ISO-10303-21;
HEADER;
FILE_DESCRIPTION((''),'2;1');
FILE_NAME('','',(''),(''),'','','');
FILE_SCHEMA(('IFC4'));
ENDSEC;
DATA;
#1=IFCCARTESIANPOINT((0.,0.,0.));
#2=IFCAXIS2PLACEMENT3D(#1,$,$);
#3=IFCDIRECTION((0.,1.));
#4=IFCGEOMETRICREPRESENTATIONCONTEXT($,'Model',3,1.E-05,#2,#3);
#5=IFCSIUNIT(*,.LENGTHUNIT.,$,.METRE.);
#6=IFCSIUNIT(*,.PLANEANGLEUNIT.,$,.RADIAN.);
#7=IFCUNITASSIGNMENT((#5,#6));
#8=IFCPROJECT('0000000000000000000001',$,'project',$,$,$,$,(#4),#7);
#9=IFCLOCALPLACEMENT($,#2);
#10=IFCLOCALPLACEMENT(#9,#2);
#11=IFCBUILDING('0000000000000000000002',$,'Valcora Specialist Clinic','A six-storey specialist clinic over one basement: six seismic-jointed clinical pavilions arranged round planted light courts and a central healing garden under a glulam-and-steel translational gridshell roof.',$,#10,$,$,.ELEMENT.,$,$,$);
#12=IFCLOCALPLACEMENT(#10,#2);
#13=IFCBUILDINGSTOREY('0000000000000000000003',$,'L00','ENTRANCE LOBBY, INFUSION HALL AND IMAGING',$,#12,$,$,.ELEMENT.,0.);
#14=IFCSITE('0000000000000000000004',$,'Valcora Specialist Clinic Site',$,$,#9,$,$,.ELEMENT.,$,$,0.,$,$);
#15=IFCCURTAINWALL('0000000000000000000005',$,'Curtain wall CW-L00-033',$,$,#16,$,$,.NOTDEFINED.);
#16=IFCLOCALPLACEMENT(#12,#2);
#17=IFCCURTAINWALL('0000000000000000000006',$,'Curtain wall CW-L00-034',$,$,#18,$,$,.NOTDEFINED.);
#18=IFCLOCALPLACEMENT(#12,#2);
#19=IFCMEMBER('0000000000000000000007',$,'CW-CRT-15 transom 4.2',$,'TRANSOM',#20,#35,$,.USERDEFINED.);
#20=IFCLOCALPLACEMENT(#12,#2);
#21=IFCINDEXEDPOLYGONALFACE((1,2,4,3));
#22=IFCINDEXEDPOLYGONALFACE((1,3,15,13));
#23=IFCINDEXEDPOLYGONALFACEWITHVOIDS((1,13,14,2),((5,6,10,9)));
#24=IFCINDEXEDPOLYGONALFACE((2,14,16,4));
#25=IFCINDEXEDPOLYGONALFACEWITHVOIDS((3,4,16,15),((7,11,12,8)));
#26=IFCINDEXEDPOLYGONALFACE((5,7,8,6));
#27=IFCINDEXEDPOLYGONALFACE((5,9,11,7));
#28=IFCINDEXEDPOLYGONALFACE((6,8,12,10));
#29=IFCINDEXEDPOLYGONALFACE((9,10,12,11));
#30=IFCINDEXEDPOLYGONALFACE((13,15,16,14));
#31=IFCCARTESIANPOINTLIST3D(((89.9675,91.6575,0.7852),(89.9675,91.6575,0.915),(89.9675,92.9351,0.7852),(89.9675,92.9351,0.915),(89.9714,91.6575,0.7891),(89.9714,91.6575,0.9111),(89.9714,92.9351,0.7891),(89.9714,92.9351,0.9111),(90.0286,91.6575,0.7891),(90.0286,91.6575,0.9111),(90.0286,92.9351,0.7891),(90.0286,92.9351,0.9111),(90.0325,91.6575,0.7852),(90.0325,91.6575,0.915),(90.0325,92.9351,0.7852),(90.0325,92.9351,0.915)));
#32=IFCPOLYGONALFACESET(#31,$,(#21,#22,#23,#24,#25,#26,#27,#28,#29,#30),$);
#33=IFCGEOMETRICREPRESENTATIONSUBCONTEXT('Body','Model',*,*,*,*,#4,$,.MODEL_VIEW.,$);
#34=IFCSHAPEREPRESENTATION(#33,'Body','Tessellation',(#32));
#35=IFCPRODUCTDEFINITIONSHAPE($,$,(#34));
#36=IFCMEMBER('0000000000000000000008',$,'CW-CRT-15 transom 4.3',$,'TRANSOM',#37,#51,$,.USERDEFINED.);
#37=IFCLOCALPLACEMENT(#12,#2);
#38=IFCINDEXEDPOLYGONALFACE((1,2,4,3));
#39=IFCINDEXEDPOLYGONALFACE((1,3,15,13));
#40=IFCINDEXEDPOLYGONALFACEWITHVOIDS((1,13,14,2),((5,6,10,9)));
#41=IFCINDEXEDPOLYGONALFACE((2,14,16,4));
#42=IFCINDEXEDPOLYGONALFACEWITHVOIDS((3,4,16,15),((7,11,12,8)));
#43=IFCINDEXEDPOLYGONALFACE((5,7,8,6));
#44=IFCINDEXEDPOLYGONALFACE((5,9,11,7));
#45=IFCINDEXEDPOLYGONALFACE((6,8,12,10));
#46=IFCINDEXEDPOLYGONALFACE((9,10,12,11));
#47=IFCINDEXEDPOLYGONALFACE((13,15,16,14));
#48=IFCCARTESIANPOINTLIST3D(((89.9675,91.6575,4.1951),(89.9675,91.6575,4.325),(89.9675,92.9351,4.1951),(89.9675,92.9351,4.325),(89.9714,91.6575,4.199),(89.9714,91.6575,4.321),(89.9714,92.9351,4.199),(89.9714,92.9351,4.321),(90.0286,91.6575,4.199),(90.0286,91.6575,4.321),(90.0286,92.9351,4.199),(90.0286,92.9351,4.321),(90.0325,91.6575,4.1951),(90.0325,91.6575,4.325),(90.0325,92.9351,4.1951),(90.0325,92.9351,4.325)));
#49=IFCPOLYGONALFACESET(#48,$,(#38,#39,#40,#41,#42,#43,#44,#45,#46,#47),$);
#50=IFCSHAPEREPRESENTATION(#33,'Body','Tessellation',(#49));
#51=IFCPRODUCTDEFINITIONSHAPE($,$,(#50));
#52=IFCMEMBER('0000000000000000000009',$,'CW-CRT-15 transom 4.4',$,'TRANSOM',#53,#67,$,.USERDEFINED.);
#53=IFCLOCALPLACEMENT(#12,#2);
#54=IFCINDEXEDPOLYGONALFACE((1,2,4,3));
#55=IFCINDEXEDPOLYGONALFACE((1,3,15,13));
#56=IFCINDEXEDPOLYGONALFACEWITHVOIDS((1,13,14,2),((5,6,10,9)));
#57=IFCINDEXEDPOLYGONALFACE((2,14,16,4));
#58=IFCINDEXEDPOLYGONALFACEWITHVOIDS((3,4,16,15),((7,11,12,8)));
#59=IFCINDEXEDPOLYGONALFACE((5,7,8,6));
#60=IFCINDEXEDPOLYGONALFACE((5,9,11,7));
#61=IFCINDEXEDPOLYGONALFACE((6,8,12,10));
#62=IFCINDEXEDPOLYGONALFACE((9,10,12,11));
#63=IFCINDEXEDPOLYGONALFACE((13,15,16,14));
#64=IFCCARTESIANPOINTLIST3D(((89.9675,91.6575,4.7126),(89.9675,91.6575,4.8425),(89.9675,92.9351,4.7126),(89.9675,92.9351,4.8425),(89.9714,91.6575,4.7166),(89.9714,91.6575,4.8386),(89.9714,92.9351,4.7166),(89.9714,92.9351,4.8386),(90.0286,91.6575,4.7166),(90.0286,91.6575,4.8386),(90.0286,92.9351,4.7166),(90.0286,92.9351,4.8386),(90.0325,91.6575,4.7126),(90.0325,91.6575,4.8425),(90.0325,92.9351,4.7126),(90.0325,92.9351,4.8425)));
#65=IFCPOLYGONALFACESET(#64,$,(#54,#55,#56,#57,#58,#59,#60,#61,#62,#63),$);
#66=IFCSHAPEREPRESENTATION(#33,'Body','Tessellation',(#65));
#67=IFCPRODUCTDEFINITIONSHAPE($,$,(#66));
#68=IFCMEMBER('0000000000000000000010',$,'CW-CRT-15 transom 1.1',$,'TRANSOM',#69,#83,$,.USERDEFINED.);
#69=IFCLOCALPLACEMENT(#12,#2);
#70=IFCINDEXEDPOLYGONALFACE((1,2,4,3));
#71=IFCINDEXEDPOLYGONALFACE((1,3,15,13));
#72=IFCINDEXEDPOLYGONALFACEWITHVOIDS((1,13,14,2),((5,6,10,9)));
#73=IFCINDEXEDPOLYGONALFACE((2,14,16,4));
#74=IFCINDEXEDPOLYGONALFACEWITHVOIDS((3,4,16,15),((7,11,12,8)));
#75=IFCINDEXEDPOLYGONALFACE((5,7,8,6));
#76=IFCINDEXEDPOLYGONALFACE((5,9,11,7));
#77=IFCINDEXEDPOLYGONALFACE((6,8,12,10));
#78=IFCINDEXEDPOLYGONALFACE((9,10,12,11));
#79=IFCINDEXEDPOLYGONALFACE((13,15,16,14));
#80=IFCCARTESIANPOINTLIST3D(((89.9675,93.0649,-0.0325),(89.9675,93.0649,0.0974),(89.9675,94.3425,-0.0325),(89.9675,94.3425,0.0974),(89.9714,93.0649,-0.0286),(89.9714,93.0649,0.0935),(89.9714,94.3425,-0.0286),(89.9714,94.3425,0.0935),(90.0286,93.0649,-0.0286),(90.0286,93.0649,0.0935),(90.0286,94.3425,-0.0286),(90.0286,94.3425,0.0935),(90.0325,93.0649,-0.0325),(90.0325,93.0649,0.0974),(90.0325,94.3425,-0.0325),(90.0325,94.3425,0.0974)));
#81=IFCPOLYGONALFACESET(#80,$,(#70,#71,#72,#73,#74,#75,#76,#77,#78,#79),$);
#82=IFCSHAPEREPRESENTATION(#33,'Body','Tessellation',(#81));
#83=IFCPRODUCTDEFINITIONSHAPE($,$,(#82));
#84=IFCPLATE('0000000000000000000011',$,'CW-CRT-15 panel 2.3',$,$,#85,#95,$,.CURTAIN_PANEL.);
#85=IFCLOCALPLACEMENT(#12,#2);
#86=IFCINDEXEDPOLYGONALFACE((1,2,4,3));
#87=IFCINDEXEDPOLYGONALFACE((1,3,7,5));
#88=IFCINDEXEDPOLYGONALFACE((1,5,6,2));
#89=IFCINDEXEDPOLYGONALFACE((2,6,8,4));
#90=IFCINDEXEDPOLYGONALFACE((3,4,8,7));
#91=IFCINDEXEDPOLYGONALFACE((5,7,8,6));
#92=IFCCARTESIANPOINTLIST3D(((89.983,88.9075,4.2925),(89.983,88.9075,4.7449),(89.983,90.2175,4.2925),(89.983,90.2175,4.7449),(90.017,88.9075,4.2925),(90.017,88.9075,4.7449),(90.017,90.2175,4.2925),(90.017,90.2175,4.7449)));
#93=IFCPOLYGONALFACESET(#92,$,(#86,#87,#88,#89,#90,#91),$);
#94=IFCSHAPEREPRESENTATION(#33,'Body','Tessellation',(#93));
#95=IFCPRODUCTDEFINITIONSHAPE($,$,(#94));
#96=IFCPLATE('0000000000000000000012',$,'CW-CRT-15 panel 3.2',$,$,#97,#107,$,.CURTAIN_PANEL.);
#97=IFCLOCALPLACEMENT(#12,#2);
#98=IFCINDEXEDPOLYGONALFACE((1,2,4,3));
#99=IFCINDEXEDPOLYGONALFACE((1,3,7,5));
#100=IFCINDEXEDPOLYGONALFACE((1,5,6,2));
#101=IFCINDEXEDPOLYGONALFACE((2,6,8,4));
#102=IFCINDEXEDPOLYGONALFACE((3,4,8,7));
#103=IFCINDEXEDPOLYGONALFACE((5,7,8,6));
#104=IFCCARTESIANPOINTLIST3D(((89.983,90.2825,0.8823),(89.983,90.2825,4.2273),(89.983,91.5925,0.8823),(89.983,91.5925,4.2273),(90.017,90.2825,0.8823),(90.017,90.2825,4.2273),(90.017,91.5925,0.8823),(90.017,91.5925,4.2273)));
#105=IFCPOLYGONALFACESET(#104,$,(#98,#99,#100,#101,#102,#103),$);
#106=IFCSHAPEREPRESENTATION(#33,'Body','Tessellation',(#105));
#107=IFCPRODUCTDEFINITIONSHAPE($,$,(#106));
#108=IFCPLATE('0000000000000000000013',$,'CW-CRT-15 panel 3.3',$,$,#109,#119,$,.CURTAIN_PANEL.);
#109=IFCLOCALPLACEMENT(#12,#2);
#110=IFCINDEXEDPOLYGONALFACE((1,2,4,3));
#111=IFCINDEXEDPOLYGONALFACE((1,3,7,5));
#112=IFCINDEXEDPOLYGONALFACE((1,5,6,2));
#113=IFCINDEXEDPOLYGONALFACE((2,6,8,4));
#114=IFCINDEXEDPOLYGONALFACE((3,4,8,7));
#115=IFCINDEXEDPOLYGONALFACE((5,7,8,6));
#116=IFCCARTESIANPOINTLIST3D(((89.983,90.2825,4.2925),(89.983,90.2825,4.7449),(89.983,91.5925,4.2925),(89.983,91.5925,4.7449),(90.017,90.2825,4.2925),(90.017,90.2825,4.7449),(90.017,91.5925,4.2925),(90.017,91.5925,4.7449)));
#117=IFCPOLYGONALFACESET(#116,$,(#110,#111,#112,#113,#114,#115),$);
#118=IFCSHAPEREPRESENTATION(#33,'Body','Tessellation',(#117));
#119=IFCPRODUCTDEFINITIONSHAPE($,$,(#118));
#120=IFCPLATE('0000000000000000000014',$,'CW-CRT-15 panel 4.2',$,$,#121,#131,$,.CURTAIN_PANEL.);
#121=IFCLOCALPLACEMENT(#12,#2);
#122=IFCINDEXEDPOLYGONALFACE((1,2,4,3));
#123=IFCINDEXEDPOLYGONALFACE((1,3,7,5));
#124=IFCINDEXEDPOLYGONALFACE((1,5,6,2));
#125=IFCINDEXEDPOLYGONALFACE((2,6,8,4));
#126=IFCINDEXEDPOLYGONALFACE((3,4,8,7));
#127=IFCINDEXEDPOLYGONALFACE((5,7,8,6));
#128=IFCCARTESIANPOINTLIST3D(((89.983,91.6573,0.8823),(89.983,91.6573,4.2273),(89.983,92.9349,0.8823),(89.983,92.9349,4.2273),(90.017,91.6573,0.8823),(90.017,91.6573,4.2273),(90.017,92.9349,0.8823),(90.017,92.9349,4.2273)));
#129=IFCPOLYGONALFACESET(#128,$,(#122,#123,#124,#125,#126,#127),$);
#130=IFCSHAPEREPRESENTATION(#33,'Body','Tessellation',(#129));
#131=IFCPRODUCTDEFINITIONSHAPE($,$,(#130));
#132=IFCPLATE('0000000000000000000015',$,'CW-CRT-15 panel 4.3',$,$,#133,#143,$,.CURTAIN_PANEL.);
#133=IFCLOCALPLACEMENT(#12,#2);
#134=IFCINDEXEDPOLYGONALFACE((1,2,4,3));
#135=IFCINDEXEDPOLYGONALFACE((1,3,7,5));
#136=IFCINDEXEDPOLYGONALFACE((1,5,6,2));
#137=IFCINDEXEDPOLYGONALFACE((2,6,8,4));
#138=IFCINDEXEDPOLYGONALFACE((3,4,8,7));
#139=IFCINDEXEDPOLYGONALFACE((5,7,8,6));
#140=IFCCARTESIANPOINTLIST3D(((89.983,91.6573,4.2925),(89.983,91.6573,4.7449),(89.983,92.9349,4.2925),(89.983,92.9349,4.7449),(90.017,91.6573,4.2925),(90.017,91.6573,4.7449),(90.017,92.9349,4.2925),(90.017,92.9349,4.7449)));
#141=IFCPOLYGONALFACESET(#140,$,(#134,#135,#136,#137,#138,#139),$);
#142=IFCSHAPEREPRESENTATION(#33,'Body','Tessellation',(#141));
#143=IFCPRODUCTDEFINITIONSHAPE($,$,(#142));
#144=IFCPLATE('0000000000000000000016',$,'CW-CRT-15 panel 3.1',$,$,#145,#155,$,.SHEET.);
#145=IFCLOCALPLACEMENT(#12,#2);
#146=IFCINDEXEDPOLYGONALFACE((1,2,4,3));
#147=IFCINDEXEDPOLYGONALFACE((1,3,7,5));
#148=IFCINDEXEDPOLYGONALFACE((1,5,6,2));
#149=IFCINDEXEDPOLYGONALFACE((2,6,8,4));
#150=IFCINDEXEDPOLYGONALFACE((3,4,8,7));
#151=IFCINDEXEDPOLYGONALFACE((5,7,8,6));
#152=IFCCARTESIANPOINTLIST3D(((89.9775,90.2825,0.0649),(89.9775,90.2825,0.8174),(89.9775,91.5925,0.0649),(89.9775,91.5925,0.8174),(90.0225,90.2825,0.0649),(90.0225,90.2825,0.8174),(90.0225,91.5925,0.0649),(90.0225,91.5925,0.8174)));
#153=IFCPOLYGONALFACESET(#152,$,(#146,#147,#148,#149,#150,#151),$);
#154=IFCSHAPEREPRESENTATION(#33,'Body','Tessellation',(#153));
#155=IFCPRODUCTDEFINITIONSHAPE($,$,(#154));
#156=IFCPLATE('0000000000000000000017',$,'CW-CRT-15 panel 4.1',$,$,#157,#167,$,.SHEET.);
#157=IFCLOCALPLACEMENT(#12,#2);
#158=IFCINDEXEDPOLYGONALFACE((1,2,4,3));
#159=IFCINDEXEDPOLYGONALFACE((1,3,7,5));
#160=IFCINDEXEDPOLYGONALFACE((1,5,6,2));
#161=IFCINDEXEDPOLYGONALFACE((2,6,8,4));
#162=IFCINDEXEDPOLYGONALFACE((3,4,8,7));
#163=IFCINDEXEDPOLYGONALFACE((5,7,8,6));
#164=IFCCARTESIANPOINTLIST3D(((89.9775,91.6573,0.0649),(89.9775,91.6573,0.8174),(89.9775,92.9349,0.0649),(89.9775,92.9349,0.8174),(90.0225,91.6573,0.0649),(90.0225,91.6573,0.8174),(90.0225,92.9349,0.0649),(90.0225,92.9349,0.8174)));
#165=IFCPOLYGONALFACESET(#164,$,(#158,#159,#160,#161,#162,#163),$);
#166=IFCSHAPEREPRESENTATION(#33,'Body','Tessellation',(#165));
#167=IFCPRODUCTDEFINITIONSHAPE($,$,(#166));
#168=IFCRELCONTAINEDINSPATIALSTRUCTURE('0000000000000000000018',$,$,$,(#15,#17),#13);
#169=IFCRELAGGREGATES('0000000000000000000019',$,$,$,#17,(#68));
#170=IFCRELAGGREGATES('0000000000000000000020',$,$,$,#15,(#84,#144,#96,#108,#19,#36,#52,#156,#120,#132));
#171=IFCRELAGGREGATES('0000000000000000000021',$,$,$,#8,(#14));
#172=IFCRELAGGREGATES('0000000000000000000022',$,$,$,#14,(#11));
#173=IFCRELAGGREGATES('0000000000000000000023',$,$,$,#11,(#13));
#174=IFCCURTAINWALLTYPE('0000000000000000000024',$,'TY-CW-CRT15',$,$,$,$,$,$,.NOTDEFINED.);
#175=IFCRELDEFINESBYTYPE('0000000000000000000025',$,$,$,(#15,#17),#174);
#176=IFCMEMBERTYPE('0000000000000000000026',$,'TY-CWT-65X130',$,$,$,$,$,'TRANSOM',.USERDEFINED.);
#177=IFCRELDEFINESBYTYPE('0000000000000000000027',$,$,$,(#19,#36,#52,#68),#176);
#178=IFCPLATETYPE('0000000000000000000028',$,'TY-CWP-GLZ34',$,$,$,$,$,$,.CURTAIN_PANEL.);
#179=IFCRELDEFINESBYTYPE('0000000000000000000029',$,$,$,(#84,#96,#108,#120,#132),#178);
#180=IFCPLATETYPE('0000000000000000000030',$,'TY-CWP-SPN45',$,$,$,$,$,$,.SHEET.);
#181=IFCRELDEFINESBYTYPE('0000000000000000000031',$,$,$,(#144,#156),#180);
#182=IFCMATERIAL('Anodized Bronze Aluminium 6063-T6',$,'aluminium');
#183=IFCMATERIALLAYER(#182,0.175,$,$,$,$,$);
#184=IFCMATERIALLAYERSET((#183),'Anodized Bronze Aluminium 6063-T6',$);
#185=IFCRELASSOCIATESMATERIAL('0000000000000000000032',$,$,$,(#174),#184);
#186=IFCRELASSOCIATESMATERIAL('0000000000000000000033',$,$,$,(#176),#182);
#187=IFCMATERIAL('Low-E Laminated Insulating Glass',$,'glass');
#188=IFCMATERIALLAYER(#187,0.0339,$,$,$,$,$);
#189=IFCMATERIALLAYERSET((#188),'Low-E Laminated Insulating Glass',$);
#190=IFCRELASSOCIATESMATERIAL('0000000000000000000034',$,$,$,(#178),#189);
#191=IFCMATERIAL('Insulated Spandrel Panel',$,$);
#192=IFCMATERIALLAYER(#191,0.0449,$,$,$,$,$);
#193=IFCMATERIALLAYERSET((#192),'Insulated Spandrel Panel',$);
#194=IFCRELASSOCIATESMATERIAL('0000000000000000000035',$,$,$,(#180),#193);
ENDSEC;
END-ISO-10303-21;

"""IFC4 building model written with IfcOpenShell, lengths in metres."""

from ifc_helpers import new_model, si_unit, direction, frame, origin, origin_2d, place, context, subcontext, project, spatial, rectangle, hollow_rectangle, extrude, material, layer, layer_set, material_profile, profile_set, type_object, element, aggregate, save


model = new_model("IFC4")

# Units and contexts
model_context = context("Model", 3, precision=1e-05, world=origin(), true_north=direction((0.0, 1.0)))
body_context = subcontext(model_context, "Body", "Model", "MODEL_VIEW")
ifc_project = project(units=[si_unit("LENGTHUNIT", "METRE"), si_unit("PLANEANGLEUNIT", "RADIAN")], contexts=[model_context])

# Site, building, storey
site_placement = place(None, origin())
site = spatial("IfcSite", under=ifc_project, at=site_placement, Name="Valcora Specialist Clinic Site", CompositionType="ELEMENT", RefElevation=0.0)
building_placement = place(site_placement, origin())
building = spatial("IfcBuilding", under=site, at=building_placement, Name="Valcora Specialist Clinic", Description="A six-storey specialist clinic over one basement: six seismic-jointed clinical pavilions arranged round planted light courts and a central healing garden under a glulam-and-steel translational gridshell roof.", CompositionType="ELEMENT")
storey_placement = place(building_placement, origin())
storey = spatial("IfcBuildingStorey", under=building, at=storey_placement, Name="L00", Description="ENTRANCE LOBBY, INFUSION HALL AND IMAGING", CompositionType="ELEMENT", Elevation=0.0)

# Curtain wall
ifc_material_1 = material(Name="Anodized Bronze Aluminium 6063-T6", Category="aluminium")
ifc_layer_1 = layer(ifc_material_1, 0.175)
ifc_layer_set_1 = layer_set([ifc_layer_1], Name="Anodized Bronze Aluminium 6063-T6")
curtain_wall_type = type_object("IfcCurtainWallType", Name="TY-CW-CRT15", PredefinedType="NOTDEFINED", material=ifc_layer_set_1)
curtain_wall_1_placement = place(storey_placement, origin())
curtain_wall_1 = element("IfcCurtainWall", 1, at=curtain_wall_1_placement, inside=storey, type_object=curtain_wall_type, Name="Curtain wall CW-L00-033", PredefinedType="NOTDEFINED")

# Curtain wall
curtain_wall_2_placement = place(storey_placement, origin())
curtain_wall_2 = element("IfcCurtainWall", 2, at=curtain_wall_2_placement, inside=storey, type_object=curtain_wall_type, Name="Curtain wall CW-L00-034", PredefinedType="NOTDEFINED")

# Members
ifc_material_profile_1 = material_profile(ifc_material_1, hollow_rectangle(XDim=0.0649, YDim=0.1299, WallThickness=0.0039, at=origin_2d()), Name="AL-TRN-65X130")
ifc_profile_set_1 = profile_set([ifc_material_profile_1], Name="Anodized Bronze Aluminium 6063-T6")
member_type_1 = type_object("IfcMemberType", Name="TY-CWT-65X130", ElementType="TRANSOM", PredefinedType="USERDEFINED", material=ifc_profile_set_1)
member_1_placement = place(storey_placement, frame((90.0, 91.6575, 0.8501), z_axis=(0.0, 1.0, 0.0), x_axis=(-1.0, 0.0, 0.0)))
member_1 = element("IfcMember", 3, at=member_1_placement, type_object=member_type_1, Name="CW-CRT-15 transom 4.2", ObjectType="TRANSOM", PredefinedType="USERDEFINED", context=body_context, shape_type="SweptSolid", body=[
    extrude(hollow_rectangle(XDim=0.0649, YDim=0.1299, WallThickness=0.0039, at=origin_2d()), origin(), (0.0, 0.0, 1.0), 1.2776),
])
member_2_placement = place(storey_placement, frame((90.0, 91.6575, 4.26), z_axis=(0.0, 1.0, 0.0), x_axis=(-1.0, 0.0, 0.0)))
member_2 = element("IfcMember", 4, at=member_2_placement, type_object=member_type_1, Name="CW-CRT-15 transom 4.3", ObjectType="TRANSOM", PredefinedType="USERDEFINED", context=body_context, shape_type="SweptSolid", body=[
    extrude(hollow_rectangle(XDim=0.0649, YDim=0.1299, WallThickness=0.0039, at=origin_2d()), origin(), (0.0, 0.0, 1.0), 1.2776),
])
member_3_placement = place(storey_placement, frame((90.0, 91.6575, 4.7776), z_axis=(0.0, 1.0, 0.0), x_axis=(-1.0, 0.0, 0.0)))
member_3 = element("IfcMember", 5, at=member_3_placement, type_object=member_type_1, Name="CW-CRT-15 transom 4.4", ObjectType="TRANSOM", PredefinedType="USERDEFINED", context=body_context, shape_type="SweptSolid", body=[
    extrude(hollow_rectangle(XDim=0.0649, YDim=0.1299, WallThickness=0.0039, at=origin_2d()), origin(), (0.0, 0.0, 1.0), 1.2776),
])
member_4_placement = place(storey_placement, frame((90.0, 93.0649, 0.0325), z_axis=(0.0, 1.0, 0.0), x_axis=(-1.0, 0.0, 0.0)))
member_4 = element("IfcMember", 6, at=member_4_placement, type_object=member_type_1, Name="CW-CRT-15 transom 1.1", ObjectType="TRANSOM", PredefinedType="USERDEFINED", context=body_context, shape_type="SweptSolid", body=[
    extrude(hollow_rectangle(XDim=0.0649, YDim=0.1299, WallThickness=0.0039, at=origin_2d()), origin(), (0.0, 0.0, 1.0), 1.2776),
])
aggregate(curtain_wall_2, [member_4])

# Plates
ifc_material_2 = material(Name="Low-E Laminated Insulating Glass", Category="glass")
ifc_layer_2 = layer(ifc_material_2, 0.0339)
ifc_layer_set_2 = layer_set([ifc_layer_2], Name="Low-E Laminated Insulating Glass")
plate_type_1 = type_object("IfcPlateType", Name="TY-CWP-GLZ34", PredefinedType="CURTAIN_PANEL", material=ifc_layer_set_2)
plate_1_placement = place(storey_placement, frame((90.0, 89.5625, 4.2925), z_axis=(0.0, 0.0, 1.0), x_axis=(0.0, 1.0, 0.0)))
plate_1 = element("IfcPlate", 7, at=plate_1_placement, type_object=plate_type_1, Name="CW-CRT-15 panel 2.3", PredefinedType="CURTAIN_PANEL", context=body_context, shape_type="SweptSolid", body=[
    extrude(rectangle(XDim=1.3101, YDim=0.0339, at=origin_2d()), origin(), (0.0, 0.0, 1.0), 0.4524),
])
plate_2_placement = place(storey_placement, frame((90.0, 90.9375, 0.8823), z_axis=(0.0, 0.0, 1.0), x_axis=(0.0, 1.0, 0.0)))
plate_2 = element("IfcPlate", 8, at=plate_2_placement, type_object=plate_type_1, Name="CW-CRT-15 panel 3.2", PredefinedType="CURTAIN_PANEL", context=body_context, shape_type="SweptSolid", body=[
    extrude(rectangle(XDim=1.3101, YDim=0.0339, at=origin_2d()), origin(), (0.0, 0.0, 1.0), 3.345),
])
plate_3_placement = place(storey_placement, frame((90.0, 90.9375, 4.2925), z_axis=(0.0, 0.0, 1.0), x_axis=(0.0, 1.0, 0.0)))
plate_3 = element("IfcPlate", 9, at=plate_3_placement, type_object=plate_type_1, Name="CW-CRT-15 panel 3.3", PredefinedType="CURTAIN_PANEL", context=body_context, shape_type="SweptSolid", body=[
    extrude(rectangle(XDim=1.3101, YDim=0.0339, at=origin_2d()), origin(), (0.0, 0.0, 1.0), 0.4524),
])
plate_4_placement = place(storey_placement, frame((90.0, 92.2961, 0.8823), z_axis=(0.0, 0.0, 1.0), x_axis=(0.0, 1.0, 0.0)))
plate_4 = element("IfcPlate", 10, at=plate_4_placement, type_object=plate_type_1, Name="CW-CRT-15 panel 4.2", PredefinedType="CURTAIN_PANEL", context=body_context, shape_type="SweptSolid", body=[
    extrude(rectangle(XDim=1.2776, YDim=0.0339, at=origin_2d()), origin(), (0.0, 0.0, 1.0), 3.345),
])
plate_5_placement = place(storey_placement, frame((90.0, 92.2961, 4.2925), z_axis=(0.0, 0.0, 1.0), x_axis=(0.0, 1.0, 0.0)))
plate_5 = element("IfcPlate", 11, at=plate_5_placement, type_object=plate_type_1, Name="CW-CRT-15 panel 4.3", PredefinedType="CURTAIN_PANEL", context=body_context, shape_type="SweptSolid", body=[
    extrude(rectangle(XDim=1.2776, YDim=0.0339, at=origin_2d()), origin(), (0.0, 0.0, 1.0), 0.4524),
])
ifc_material_3 = material(Name="Insulated Spandrel Panel")
ifc_layer_3 = layer(ifc_material_3, 0.0449)
ifc_layer_set_3 = layer_set([ifc_layer_3], Name="Insulated Spandrel Panel")
plate_type_2 = type_object("IfcPlateType", Name="TY-CWP-SPN45", PredefinedType="SHEET", material=ifc_layer_set_3)
plate_6_placement = place(storey_placement, frame((90.0, 90.9375, 0.0649), z_axis=(0.0, 0.0, 1.0), x_axis=(0.0, 1.0, 0.0)))
plate_6 = element("IfcPlate", 12, at=plate_6_placement, type_object=plate_type_2, Name="CW-CRT-15 panel 3.1", PredefinedType="SHEET", context=body_context, shape_type="SweptSolid", body=[
    extrude(rectangle(XDim=1.3101, YDim=0.0449, at=origin_2d()), origin(), (0.0, 0.0, 1.0), 0.7524),
])
plate_7_placement = place(storey_placement, frame((90.0, 92.2961, 0.0649), z_axis=(0.0, 0.0, 1.0), x_axis=(0.0, 1.0, 0.0)))
plate_7 = element("IfcPlate", 13, at=plate_7_placement, type_object=plate_type_2, Name="CW-CRT-15 panel 4.1", PredefinedType="SHEET", context=body_context, shape_type="SweptSolid", body=[
    extrude(rectangle(XDim=1.2776, YDim=0.0449, at=origin_2d()), origin(), (0.0, 0.0, 1.0), 0.7524),
])
aggregate(curtain_wall_1, [plate_1, plate_6, plate_2, plate_3, member_1, member_2, member_3, plate_7, plate_4, plate_5])

save(model, "model.ifc")
